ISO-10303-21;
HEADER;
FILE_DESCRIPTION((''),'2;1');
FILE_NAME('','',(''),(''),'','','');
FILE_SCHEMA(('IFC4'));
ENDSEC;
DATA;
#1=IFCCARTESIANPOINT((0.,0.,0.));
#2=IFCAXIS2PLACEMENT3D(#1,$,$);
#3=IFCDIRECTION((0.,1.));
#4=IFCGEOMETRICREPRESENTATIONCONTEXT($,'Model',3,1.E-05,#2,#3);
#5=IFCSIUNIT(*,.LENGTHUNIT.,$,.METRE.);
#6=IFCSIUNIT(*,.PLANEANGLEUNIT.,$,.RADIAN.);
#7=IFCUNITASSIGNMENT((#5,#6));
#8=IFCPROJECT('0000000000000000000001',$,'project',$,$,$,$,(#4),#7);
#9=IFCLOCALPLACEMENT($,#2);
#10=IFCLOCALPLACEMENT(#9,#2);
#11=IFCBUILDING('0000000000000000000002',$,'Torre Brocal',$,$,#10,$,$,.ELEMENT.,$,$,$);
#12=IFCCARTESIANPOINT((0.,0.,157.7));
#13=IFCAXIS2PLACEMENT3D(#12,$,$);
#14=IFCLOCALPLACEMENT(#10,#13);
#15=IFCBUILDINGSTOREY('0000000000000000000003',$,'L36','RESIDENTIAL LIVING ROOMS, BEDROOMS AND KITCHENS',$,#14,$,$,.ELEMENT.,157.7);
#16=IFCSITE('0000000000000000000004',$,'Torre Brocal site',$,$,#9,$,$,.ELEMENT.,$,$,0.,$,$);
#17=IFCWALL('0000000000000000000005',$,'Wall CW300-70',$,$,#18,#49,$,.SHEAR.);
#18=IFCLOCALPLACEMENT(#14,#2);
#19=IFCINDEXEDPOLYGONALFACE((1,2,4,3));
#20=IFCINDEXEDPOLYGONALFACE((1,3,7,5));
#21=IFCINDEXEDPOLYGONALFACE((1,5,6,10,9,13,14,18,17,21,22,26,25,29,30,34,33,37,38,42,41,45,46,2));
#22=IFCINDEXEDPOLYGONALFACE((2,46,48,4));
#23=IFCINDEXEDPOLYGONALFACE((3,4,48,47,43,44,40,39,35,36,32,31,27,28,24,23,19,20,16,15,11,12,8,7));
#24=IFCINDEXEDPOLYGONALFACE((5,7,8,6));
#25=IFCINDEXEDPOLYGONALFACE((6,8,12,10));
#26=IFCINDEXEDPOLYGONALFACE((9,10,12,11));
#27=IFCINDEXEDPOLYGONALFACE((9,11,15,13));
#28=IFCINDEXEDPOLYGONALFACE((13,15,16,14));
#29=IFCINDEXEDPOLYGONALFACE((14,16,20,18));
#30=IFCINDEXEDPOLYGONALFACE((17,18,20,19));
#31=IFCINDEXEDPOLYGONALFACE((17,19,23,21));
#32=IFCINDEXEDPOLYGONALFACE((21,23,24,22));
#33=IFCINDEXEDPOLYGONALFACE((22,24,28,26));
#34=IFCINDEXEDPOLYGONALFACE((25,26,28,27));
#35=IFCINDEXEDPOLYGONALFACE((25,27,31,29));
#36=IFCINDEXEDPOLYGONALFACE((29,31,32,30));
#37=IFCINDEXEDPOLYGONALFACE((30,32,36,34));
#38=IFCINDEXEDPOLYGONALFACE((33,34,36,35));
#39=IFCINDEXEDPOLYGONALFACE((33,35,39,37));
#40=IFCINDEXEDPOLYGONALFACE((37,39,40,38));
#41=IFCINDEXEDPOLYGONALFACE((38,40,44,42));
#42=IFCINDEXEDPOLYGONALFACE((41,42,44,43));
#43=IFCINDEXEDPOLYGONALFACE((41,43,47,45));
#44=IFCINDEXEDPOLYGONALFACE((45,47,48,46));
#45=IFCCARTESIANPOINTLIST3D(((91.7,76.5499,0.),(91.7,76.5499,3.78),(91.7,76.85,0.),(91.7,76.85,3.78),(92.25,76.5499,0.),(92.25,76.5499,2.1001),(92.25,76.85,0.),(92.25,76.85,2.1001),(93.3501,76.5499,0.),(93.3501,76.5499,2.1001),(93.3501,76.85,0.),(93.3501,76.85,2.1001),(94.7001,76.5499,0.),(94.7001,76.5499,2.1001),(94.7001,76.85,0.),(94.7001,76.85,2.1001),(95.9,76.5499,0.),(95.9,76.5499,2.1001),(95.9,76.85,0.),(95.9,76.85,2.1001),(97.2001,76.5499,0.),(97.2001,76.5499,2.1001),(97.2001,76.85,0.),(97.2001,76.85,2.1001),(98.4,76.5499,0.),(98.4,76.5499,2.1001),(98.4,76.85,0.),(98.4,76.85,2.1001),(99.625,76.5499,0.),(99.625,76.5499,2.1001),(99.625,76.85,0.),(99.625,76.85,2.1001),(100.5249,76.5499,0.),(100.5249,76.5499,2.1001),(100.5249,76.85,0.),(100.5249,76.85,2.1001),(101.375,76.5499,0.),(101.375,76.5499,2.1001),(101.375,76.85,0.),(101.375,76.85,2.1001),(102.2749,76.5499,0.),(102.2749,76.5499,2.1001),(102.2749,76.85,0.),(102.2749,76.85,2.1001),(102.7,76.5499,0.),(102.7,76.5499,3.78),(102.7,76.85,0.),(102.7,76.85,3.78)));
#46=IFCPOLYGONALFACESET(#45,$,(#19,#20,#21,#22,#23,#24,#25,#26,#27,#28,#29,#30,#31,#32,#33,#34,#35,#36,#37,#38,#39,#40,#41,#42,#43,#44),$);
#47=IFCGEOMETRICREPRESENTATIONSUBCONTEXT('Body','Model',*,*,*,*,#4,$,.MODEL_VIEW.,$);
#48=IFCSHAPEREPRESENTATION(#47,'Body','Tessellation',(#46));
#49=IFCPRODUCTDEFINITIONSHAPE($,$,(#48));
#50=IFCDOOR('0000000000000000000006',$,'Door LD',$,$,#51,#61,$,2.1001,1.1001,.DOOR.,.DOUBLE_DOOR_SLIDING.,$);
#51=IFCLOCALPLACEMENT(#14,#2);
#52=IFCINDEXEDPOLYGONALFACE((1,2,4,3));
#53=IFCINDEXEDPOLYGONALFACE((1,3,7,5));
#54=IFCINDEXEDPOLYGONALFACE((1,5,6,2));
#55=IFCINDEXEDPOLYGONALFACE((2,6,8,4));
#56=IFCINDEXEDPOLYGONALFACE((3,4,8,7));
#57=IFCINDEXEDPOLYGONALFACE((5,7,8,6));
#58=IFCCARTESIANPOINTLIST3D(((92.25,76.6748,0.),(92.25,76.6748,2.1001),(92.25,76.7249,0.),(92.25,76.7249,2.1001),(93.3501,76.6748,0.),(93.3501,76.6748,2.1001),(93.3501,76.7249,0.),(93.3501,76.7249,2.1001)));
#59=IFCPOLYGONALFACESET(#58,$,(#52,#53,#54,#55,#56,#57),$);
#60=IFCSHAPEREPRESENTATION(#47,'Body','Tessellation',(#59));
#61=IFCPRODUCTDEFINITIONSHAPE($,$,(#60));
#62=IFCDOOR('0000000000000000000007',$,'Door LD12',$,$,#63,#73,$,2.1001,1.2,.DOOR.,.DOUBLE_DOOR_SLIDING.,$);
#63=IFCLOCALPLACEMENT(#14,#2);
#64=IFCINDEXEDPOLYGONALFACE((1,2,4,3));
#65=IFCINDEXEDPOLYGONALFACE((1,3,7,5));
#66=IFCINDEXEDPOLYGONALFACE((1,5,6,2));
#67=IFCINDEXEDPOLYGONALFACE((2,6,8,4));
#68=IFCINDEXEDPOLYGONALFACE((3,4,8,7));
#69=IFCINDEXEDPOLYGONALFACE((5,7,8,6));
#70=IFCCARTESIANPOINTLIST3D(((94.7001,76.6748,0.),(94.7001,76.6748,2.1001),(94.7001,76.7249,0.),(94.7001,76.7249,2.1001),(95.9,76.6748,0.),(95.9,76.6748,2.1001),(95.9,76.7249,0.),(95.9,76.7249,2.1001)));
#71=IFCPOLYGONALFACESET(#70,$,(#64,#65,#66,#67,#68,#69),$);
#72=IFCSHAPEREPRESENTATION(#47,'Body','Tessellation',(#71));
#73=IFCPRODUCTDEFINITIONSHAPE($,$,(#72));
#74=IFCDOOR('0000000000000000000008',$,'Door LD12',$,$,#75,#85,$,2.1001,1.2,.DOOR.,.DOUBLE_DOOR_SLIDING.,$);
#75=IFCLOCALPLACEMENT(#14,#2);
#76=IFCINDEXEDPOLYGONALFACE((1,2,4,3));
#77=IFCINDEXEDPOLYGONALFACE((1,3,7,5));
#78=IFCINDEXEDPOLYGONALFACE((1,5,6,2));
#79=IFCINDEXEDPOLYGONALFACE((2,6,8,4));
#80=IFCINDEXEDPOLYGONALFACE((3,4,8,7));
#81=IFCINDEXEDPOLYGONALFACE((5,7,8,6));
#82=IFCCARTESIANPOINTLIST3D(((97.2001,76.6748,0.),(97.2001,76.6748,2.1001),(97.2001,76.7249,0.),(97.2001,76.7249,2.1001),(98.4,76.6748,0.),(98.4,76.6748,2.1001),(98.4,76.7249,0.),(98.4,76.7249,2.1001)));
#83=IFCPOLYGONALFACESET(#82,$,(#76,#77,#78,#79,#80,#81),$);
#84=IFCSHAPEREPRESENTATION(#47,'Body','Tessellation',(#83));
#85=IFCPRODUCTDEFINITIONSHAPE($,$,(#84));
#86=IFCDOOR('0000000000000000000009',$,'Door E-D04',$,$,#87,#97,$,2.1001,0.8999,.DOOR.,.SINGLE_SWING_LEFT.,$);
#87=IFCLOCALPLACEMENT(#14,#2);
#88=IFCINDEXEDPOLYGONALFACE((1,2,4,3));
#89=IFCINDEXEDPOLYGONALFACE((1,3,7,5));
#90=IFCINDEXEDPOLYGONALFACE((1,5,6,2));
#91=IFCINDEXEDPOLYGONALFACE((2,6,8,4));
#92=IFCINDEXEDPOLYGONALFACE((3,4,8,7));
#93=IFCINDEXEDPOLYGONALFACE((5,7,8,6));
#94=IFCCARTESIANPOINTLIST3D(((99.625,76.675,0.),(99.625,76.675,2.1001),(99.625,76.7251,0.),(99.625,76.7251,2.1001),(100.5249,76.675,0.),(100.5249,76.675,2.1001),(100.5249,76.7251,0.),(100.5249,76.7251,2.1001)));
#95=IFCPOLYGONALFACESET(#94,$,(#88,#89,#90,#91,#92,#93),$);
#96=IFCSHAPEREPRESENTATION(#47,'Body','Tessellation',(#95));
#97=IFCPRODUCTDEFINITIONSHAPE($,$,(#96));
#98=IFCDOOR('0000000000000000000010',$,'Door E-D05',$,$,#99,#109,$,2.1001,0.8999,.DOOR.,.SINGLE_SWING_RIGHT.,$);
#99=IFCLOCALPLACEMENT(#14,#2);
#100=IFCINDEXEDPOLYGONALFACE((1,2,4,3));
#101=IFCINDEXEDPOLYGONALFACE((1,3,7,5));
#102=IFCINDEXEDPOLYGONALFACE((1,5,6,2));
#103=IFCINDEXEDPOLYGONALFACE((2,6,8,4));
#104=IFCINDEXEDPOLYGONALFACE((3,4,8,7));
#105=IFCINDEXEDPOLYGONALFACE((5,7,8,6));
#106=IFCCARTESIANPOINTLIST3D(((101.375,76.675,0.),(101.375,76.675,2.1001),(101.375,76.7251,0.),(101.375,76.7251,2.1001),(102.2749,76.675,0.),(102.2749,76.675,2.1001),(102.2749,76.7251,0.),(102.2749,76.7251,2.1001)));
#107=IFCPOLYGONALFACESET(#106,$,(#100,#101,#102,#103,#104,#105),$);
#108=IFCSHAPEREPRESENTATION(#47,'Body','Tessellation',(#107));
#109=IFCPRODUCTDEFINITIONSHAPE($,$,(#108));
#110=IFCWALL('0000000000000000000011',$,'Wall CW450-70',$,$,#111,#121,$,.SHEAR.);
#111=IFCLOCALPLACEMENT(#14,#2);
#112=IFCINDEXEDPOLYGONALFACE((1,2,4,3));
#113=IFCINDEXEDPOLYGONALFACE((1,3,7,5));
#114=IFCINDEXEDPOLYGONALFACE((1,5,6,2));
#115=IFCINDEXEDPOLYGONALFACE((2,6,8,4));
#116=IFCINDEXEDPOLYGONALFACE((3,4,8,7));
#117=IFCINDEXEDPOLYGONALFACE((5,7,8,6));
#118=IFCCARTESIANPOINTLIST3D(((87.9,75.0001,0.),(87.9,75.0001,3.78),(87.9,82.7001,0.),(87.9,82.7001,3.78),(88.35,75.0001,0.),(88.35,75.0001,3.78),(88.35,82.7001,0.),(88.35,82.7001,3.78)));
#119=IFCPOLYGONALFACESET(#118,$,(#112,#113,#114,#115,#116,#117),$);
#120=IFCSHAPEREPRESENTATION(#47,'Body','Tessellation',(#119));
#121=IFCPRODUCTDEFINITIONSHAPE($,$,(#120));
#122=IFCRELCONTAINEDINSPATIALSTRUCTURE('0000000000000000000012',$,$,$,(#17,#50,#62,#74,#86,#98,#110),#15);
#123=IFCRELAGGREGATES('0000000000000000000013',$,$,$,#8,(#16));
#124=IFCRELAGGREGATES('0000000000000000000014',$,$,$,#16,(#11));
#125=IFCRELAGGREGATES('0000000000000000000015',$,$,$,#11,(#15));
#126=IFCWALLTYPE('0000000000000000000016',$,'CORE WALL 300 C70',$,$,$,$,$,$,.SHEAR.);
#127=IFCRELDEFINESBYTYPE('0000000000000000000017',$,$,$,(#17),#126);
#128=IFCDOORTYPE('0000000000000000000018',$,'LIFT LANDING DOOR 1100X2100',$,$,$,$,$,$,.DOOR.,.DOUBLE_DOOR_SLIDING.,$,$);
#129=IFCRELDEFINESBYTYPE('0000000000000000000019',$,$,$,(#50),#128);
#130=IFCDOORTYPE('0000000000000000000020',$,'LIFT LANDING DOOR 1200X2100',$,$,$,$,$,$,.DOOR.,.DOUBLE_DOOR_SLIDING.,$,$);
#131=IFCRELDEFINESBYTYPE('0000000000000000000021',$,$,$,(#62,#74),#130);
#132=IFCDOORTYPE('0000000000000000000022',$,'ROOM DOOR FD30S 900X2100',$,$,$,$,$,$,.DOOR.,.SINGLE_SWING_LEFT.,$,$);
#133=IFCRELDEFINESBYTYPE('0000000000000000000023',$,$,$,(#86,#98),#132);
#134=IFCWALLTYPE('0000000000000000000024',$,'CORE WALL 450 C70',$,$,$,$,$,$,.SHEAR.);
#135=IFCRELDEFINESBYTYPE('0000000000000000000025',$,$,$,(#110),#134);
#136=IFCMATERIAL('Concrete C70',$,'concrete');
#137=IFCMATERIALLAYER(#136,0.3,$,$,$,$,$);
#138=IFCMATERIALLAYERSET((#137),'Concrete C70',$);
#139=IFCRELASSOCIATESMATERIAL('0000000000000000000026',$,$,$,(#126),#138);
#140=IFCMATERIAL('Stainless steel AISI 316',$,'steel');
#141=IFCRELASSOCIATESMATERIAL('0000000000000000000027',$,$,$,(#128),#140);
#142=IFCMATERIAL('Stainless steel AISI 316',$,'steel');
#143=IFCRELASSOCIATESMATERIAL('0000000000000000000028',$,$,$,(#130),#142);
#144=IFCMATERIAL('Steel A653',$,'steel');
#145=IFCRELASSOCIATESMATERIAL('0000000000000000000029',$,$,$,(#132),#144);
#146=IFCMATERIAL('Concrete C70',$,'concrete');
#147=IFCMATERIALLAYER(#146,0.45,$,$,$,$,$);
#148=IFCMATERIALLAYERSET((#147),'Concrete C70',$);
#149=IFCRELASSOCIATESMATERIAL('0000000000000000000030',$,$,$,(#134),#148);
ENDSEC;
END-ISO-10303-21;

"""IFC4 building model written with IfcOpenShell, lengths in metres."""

from ifc_helpers import new_model, si_unit, direction, frame, frame_2d, origin, place, context, subcontext, project, spatial, rectangle, extrude, material, layer, layer_set, type_object, element, fill, save


model = new_model("IFC4")

# Units and contexts
model_context = context("Model", 3, precision=1e-05, world=origin(), true_north=direction((0.0, 1.0)))
body_context = subcontext(model_context, "Body", "Model", "MODEL_VIEW")
ifc_project = project(units=[si_unit("LENGTHUNIT", "METRE"), si_unit("PLANEANGLEUNIT", "RADIAN")], contexts=[model_context])

# Site, building, storey
site_placement = place(None, origin())
site = spatial("IfcSite", under=ifc_project, at=site_placement, Name="Torre Brocal site", CompositionType="ELEMENT", RefElevation=0.0)
building_placement = place(site_placement, origin())
building = spatial("IfcBuilding", under=site, at=building_placement, Name="Torre Brocal", CompositionType="ELEMENT")
storey_placement = place(building_placement, frame((0.0, 0.0, 157.7)))
storey = spatial("IfcBuildingStorey", under=building, at=storey_placement, Name="L36", Description="RESIDENTIAL LIVING ROOMS, BEDROOMS AND KITCHENS", CompositionType="ELEMENT", Elevation=157.7)

# Shared definitions
ifc_material_1 = material(Name="Concrete C70", Category="concrete")
ifc_layer_1 = layer(ifc_material_1, 0.3)
ifc_layer_set_1 = layer_set([ifc_layer_1], Name="Concrete C70")
wall_type_1 = type_object("IfcWallType", Name="CORE WALL 300 C70", PredefinedType="SHEAR", material=ifc_layer_set_1)

# Wall, openings, doors
wall_1_placement = place(storey_placement, frame((91.7, 76.7, 0.0), z_axis=(0.0, 0.0, 1.0), x_axis=(1.0, 0.0, 0.0)))
wall_1 = element("IfcWall", 1, at=wall_1_placement, inside=storey, type_object=wall_type_1, Name="Wall CW300-70", PredefinedType="SHEAR", context=body_context, shape_type="SweptSolid", body=[
    extrude(rectangle(XDim=11.0, YDim=0.3, at=frame_2d((5.5, 0.0))), origin(), (0.0, 0.0, 1.0), 3.78),
])
opening_1_placement = place(wall_1_placement, frame((0.55, 0.0, 0.0)))
opening_1 = element("IfcOpeningElement", 2, at=opening_1_placement, cuts=wall_1, PredefinedType="OPENING", context=body_context, shape_type="SweptSolid", body=[
    extrude(rectangle(XDim=1.1001, YDim=2.1001, at=frame_2d((0.55, 1.05))), frame((0.0, 0.1599, 0.0), z_axis=(0.0, -1.0, 0.0), x_axis=(1.0, 0.0, 0.0)), (0.0, 0.0, 1.0), 0.3201),
])
opening_2_placement = place(wall_1_placement, frame((3.0, 0.0, 0.0)))
opening_2 = element("IfcOpeningElement", 3, at=opening_2_placement, cuts=wall_1, PredefinedType="OPENING", context=body_context, shape_type="SweptSolid", body=[
    extrude(rectangle(XDim=1.2, YDim=2.1001, at=frame_2d((0.6001, 1.05))), frame((0.0, 0.1599, 0.0), z_axis=(0.0, -1.0, 0.0), x_axis=(1.0, 0.0, 0.0)), (0.0, 0.0, 1.0), 0.3201),
])
opening_3_placement = place(wall_1_placement, frame((5.5, 0.0, 0.0)))
opening_3 = element("IfcOpeningElement", 4, at=opening_3_placement, cuts=wall_1, PredefinedType="OPENING", context=body_context, shape_type="SweptSolid", body=[
    extrude(rectangle(XDim=1.2, YDim=2.1001, at=frame_2d((0.6001, 1.05))), frame((0.0, 0.1599, 0.0), z_axis=(0.0, -1.0, 0.0), x_axis=(1.0, 0.0, 0.0)), (0.0, 0.0, 1.0), 0.3201),
])
opening_4_placement = place(wall_1_placement, frame((7.925, 0.0, 0.0)))
opening_4 = element("IfcOpeningElement", 5, at=opening_4_placement, cuts=wall_1, PredefinedType="OPENING", context=body_context, shape_type="SweptSolid", body=[
    extrude(rectangle(XDim=0.8999, YDim=2.1001, at=frame_2d((0.45, 1.05))), frame((0.0, 0.1599, 0.0), z_axis=(0.0, -1.0, 0.0), x_axis=(1.0, 0.0, 0.0)), (0.0, 0.0, 1.0), 0.3201),
])
opening_5_placement = place(wall_1_placement, frame((9.675, 0.0, 0.0)))
opening_5 = element("IfcOpeningElement", 6, at=opening_5_placement, cuts=wall_1, PredefinedType="OPENING", context=body_context, shape_type="SweptSolid", body=[
    extrude(rectangle(XDim=0.8999, YDim=2.1001, at=frame_2d((0.45, 1.05))), frame((0.0, 0.1599, 0.0), z_axis=(0.0, -1.0, 0.0), x_axis=(1.0, 0.0, 0.0)), (0.0, 0.0, 1.0), 0.3201),
])
ifc_material_2 = material(Name="Stainless steel AISI 316", Category="steel")
door_type_1 = type_object("IfcDoorType", Name="LIFT LANDING DOOR 1100X2100", OperationType="DOUBLE_DOOR_SLIDING", PredefinedType="DOOR", material=ifc_material_2)
door_1_placement = place(opening_1_placement, origin())
door_1 = element("IfcDoor", 7, at=door_1_placement, inside=storey, type_object=door_type_1, Name="Door LD", OperationType="DOUBLE_DOOR_SLIDING", OverallHeight=2.1001, OverallWidth=1.1001, PredefinedType="DOOR", context=body_context, shape_type="SweptSolid", body=[
    extrude(rectangle(XDim=1.1001, YDim=2.1001, at=frame_2d((0.55, 1.05))), frame((0.0, 0.0249, 0.0), z_axis=(0.0, -1.0, 0.0), x_axis=(1.0, 0.0, 0.0)), (0.0, 0.0, 1.0), 0.05),
])
fill(opening_1, door_1)
ifc_material_3 = material(Name="Stainless steel AISI 316", Category="steel")
door_type_2 = type_object("IfcDoorType", Name="LIFT LANDING DOOR 1200X2100", OperationType="DOUBLE_DOOR_SLIDING", PredefinedType="DOOR", material=ifc_material_3)
door_2_placement = place(opening_2_placement, origin())
door_2 = element("IfcDoor", 8, at=door_2_placement, inside=storey, type_object=door_type_2, Name="Door LD12", OperationType="DOUBLE_DOOR_SLIDING", OverallHeight=2.1001, OverallWidth=1.2, PredefinedType="DOOR", context=body_context, shape_type="SweptSolid", body=[
    extrude(rectangle(XDim=1.2, YDim=2.1001, at=frame_2d((0.6001, 1.05))), frame((0.0, 0.0249, 0.0), z_axis=(0.0, -1.0, 0.0), x_axis=(1.0, 0.0, 0.0)), (0.0, 0.0, 1.0), 0.05),
])
fill(opening_2, door_2)
door_3_placement = place(opening_3_placement, origin())
door_3 = element("IfcDoor", 9, at=door_3_placement, inside=storey, type_object=door_type_2, Name="Door LD12", OperationType="DOUBLE_DOOR_SLIDING", OverallHeight=2.1001, OverallWidth=1.2, PredefinedType="DOOR", context=body_context, shape_type="SweptSolid", body=[
    extrude(rectangle(XDim=1.2, YDim=2.1001, at=frame_2d((0.6001, 1.05))), frame((0.0, 0.0249, 0.0), z_axis=(0.0, -1.0, 0.0), x_axis=(1.0, 0.0, 0.0)), (0.0, 0.0, 1.0), 0.05),
])
fill(opening_3, door_3)
ifc_material_4 = material(Name="Steel A653", Category="steel")
door_type_3 = type_object("IfcDoorType", Name="ROOM DOOR FD30S 900X2100", OperationType="SINGLE_SWING_LEFT", PredefinedType="DOOR", material=ifc_material_4)
door_4_placement = place(opening_4_placement, frame((0.8999, 0.0, 0.0), z_axis=(0.0, 0.0, 1.0), x_axis=(-1.0, 0.0, 0.0)))
door_4 = element("IfcDoor", 10, at=door_4_placement, inside=storey, type_object=door_type_3, Name="Door E-D04", OperationType="SINGLE_SWING_LEFT", OverallHeight=2.1001, OverallWidth=0.8999, PredefinedType="DOOR", context=body_context, shape_type="SweptSolid", body=[
    extrude(rectangle(XDim=0.8999, YDim=2.1001, at=frame_2d((0.45, 1.05))), frame((0.0, 0.0249, 0.0), z_axis=(0.0, -1.0, 0.0), x_axis=(1.0, 0.0, 0.0)), (0.0, 0.0, 1.0), 0.05),
])
fill(opening_4, door_4)
door_5_placement = place(opening_5_placement, frame((0.8999, 0.0, 0.0), z_axis=(0.0, 0.0, 1.0), x_axis=(-1.0, 0.0, 0.0)))
door_5 = element("IfcDoor", 11, at=door_5_placement, inside=storey, type_object=door_type_3, Name="Door E-D05", OperationType="SINGLE_SWING_RIGHT", OverallHeight=2.1001, OverallWidth=0.8999, PredefinedType="DOOR", context=body_context, shape_type="SweptSolid", body=[
    extrude(rectangle(XDim=0.8999, YDim=2.1001, at=frame_2d((0.45, 1.05))), frame((0.0, 0.0249, 0.0), z_axis=(0.0, -1.0, 0.0), x_axis=(1.0, 0.0, 0.0)), (0.0, 0.0, 1.0), 0.05),
])
fill(opening_5, door_5)

# Wall
ifc_material_5 = material(Name="Concrete C70", Category="concrete")
ifc_layer_2 = layer(ifc_material_5, 0.45)
ifc_layer_set_2 = layer_set([ifc_layer_2], Name="Concrete C70")
wall_type_2 = type_object("IfcWallType", Name="CORE WALL 450 C70", PredefinedType="SHEAR", material=ifc_layer_set_2)
wall_2_placement = place(storey_placement, frame((88.125, 75.0, 0.0), z_axis=(0.0, 0.0, 1.0), x_axis=(0.0, 1.0, 0.0)))
element("IfcWall", 12, at=wall_2_placement, inside=storey, type_object=wall_type_2, Name="Wall CW450-70", PredefinedType="SHEAR", context=body_context, shape_type="SweptSolid", body=[
    extrude(rectangle(XDim=7.7, YDim=0.45, at=frame_2d((3.8501, 0.0))), origin(), (0.0, 0.0, 1.0), 3.78),
])

save(model, "model.ifc")
